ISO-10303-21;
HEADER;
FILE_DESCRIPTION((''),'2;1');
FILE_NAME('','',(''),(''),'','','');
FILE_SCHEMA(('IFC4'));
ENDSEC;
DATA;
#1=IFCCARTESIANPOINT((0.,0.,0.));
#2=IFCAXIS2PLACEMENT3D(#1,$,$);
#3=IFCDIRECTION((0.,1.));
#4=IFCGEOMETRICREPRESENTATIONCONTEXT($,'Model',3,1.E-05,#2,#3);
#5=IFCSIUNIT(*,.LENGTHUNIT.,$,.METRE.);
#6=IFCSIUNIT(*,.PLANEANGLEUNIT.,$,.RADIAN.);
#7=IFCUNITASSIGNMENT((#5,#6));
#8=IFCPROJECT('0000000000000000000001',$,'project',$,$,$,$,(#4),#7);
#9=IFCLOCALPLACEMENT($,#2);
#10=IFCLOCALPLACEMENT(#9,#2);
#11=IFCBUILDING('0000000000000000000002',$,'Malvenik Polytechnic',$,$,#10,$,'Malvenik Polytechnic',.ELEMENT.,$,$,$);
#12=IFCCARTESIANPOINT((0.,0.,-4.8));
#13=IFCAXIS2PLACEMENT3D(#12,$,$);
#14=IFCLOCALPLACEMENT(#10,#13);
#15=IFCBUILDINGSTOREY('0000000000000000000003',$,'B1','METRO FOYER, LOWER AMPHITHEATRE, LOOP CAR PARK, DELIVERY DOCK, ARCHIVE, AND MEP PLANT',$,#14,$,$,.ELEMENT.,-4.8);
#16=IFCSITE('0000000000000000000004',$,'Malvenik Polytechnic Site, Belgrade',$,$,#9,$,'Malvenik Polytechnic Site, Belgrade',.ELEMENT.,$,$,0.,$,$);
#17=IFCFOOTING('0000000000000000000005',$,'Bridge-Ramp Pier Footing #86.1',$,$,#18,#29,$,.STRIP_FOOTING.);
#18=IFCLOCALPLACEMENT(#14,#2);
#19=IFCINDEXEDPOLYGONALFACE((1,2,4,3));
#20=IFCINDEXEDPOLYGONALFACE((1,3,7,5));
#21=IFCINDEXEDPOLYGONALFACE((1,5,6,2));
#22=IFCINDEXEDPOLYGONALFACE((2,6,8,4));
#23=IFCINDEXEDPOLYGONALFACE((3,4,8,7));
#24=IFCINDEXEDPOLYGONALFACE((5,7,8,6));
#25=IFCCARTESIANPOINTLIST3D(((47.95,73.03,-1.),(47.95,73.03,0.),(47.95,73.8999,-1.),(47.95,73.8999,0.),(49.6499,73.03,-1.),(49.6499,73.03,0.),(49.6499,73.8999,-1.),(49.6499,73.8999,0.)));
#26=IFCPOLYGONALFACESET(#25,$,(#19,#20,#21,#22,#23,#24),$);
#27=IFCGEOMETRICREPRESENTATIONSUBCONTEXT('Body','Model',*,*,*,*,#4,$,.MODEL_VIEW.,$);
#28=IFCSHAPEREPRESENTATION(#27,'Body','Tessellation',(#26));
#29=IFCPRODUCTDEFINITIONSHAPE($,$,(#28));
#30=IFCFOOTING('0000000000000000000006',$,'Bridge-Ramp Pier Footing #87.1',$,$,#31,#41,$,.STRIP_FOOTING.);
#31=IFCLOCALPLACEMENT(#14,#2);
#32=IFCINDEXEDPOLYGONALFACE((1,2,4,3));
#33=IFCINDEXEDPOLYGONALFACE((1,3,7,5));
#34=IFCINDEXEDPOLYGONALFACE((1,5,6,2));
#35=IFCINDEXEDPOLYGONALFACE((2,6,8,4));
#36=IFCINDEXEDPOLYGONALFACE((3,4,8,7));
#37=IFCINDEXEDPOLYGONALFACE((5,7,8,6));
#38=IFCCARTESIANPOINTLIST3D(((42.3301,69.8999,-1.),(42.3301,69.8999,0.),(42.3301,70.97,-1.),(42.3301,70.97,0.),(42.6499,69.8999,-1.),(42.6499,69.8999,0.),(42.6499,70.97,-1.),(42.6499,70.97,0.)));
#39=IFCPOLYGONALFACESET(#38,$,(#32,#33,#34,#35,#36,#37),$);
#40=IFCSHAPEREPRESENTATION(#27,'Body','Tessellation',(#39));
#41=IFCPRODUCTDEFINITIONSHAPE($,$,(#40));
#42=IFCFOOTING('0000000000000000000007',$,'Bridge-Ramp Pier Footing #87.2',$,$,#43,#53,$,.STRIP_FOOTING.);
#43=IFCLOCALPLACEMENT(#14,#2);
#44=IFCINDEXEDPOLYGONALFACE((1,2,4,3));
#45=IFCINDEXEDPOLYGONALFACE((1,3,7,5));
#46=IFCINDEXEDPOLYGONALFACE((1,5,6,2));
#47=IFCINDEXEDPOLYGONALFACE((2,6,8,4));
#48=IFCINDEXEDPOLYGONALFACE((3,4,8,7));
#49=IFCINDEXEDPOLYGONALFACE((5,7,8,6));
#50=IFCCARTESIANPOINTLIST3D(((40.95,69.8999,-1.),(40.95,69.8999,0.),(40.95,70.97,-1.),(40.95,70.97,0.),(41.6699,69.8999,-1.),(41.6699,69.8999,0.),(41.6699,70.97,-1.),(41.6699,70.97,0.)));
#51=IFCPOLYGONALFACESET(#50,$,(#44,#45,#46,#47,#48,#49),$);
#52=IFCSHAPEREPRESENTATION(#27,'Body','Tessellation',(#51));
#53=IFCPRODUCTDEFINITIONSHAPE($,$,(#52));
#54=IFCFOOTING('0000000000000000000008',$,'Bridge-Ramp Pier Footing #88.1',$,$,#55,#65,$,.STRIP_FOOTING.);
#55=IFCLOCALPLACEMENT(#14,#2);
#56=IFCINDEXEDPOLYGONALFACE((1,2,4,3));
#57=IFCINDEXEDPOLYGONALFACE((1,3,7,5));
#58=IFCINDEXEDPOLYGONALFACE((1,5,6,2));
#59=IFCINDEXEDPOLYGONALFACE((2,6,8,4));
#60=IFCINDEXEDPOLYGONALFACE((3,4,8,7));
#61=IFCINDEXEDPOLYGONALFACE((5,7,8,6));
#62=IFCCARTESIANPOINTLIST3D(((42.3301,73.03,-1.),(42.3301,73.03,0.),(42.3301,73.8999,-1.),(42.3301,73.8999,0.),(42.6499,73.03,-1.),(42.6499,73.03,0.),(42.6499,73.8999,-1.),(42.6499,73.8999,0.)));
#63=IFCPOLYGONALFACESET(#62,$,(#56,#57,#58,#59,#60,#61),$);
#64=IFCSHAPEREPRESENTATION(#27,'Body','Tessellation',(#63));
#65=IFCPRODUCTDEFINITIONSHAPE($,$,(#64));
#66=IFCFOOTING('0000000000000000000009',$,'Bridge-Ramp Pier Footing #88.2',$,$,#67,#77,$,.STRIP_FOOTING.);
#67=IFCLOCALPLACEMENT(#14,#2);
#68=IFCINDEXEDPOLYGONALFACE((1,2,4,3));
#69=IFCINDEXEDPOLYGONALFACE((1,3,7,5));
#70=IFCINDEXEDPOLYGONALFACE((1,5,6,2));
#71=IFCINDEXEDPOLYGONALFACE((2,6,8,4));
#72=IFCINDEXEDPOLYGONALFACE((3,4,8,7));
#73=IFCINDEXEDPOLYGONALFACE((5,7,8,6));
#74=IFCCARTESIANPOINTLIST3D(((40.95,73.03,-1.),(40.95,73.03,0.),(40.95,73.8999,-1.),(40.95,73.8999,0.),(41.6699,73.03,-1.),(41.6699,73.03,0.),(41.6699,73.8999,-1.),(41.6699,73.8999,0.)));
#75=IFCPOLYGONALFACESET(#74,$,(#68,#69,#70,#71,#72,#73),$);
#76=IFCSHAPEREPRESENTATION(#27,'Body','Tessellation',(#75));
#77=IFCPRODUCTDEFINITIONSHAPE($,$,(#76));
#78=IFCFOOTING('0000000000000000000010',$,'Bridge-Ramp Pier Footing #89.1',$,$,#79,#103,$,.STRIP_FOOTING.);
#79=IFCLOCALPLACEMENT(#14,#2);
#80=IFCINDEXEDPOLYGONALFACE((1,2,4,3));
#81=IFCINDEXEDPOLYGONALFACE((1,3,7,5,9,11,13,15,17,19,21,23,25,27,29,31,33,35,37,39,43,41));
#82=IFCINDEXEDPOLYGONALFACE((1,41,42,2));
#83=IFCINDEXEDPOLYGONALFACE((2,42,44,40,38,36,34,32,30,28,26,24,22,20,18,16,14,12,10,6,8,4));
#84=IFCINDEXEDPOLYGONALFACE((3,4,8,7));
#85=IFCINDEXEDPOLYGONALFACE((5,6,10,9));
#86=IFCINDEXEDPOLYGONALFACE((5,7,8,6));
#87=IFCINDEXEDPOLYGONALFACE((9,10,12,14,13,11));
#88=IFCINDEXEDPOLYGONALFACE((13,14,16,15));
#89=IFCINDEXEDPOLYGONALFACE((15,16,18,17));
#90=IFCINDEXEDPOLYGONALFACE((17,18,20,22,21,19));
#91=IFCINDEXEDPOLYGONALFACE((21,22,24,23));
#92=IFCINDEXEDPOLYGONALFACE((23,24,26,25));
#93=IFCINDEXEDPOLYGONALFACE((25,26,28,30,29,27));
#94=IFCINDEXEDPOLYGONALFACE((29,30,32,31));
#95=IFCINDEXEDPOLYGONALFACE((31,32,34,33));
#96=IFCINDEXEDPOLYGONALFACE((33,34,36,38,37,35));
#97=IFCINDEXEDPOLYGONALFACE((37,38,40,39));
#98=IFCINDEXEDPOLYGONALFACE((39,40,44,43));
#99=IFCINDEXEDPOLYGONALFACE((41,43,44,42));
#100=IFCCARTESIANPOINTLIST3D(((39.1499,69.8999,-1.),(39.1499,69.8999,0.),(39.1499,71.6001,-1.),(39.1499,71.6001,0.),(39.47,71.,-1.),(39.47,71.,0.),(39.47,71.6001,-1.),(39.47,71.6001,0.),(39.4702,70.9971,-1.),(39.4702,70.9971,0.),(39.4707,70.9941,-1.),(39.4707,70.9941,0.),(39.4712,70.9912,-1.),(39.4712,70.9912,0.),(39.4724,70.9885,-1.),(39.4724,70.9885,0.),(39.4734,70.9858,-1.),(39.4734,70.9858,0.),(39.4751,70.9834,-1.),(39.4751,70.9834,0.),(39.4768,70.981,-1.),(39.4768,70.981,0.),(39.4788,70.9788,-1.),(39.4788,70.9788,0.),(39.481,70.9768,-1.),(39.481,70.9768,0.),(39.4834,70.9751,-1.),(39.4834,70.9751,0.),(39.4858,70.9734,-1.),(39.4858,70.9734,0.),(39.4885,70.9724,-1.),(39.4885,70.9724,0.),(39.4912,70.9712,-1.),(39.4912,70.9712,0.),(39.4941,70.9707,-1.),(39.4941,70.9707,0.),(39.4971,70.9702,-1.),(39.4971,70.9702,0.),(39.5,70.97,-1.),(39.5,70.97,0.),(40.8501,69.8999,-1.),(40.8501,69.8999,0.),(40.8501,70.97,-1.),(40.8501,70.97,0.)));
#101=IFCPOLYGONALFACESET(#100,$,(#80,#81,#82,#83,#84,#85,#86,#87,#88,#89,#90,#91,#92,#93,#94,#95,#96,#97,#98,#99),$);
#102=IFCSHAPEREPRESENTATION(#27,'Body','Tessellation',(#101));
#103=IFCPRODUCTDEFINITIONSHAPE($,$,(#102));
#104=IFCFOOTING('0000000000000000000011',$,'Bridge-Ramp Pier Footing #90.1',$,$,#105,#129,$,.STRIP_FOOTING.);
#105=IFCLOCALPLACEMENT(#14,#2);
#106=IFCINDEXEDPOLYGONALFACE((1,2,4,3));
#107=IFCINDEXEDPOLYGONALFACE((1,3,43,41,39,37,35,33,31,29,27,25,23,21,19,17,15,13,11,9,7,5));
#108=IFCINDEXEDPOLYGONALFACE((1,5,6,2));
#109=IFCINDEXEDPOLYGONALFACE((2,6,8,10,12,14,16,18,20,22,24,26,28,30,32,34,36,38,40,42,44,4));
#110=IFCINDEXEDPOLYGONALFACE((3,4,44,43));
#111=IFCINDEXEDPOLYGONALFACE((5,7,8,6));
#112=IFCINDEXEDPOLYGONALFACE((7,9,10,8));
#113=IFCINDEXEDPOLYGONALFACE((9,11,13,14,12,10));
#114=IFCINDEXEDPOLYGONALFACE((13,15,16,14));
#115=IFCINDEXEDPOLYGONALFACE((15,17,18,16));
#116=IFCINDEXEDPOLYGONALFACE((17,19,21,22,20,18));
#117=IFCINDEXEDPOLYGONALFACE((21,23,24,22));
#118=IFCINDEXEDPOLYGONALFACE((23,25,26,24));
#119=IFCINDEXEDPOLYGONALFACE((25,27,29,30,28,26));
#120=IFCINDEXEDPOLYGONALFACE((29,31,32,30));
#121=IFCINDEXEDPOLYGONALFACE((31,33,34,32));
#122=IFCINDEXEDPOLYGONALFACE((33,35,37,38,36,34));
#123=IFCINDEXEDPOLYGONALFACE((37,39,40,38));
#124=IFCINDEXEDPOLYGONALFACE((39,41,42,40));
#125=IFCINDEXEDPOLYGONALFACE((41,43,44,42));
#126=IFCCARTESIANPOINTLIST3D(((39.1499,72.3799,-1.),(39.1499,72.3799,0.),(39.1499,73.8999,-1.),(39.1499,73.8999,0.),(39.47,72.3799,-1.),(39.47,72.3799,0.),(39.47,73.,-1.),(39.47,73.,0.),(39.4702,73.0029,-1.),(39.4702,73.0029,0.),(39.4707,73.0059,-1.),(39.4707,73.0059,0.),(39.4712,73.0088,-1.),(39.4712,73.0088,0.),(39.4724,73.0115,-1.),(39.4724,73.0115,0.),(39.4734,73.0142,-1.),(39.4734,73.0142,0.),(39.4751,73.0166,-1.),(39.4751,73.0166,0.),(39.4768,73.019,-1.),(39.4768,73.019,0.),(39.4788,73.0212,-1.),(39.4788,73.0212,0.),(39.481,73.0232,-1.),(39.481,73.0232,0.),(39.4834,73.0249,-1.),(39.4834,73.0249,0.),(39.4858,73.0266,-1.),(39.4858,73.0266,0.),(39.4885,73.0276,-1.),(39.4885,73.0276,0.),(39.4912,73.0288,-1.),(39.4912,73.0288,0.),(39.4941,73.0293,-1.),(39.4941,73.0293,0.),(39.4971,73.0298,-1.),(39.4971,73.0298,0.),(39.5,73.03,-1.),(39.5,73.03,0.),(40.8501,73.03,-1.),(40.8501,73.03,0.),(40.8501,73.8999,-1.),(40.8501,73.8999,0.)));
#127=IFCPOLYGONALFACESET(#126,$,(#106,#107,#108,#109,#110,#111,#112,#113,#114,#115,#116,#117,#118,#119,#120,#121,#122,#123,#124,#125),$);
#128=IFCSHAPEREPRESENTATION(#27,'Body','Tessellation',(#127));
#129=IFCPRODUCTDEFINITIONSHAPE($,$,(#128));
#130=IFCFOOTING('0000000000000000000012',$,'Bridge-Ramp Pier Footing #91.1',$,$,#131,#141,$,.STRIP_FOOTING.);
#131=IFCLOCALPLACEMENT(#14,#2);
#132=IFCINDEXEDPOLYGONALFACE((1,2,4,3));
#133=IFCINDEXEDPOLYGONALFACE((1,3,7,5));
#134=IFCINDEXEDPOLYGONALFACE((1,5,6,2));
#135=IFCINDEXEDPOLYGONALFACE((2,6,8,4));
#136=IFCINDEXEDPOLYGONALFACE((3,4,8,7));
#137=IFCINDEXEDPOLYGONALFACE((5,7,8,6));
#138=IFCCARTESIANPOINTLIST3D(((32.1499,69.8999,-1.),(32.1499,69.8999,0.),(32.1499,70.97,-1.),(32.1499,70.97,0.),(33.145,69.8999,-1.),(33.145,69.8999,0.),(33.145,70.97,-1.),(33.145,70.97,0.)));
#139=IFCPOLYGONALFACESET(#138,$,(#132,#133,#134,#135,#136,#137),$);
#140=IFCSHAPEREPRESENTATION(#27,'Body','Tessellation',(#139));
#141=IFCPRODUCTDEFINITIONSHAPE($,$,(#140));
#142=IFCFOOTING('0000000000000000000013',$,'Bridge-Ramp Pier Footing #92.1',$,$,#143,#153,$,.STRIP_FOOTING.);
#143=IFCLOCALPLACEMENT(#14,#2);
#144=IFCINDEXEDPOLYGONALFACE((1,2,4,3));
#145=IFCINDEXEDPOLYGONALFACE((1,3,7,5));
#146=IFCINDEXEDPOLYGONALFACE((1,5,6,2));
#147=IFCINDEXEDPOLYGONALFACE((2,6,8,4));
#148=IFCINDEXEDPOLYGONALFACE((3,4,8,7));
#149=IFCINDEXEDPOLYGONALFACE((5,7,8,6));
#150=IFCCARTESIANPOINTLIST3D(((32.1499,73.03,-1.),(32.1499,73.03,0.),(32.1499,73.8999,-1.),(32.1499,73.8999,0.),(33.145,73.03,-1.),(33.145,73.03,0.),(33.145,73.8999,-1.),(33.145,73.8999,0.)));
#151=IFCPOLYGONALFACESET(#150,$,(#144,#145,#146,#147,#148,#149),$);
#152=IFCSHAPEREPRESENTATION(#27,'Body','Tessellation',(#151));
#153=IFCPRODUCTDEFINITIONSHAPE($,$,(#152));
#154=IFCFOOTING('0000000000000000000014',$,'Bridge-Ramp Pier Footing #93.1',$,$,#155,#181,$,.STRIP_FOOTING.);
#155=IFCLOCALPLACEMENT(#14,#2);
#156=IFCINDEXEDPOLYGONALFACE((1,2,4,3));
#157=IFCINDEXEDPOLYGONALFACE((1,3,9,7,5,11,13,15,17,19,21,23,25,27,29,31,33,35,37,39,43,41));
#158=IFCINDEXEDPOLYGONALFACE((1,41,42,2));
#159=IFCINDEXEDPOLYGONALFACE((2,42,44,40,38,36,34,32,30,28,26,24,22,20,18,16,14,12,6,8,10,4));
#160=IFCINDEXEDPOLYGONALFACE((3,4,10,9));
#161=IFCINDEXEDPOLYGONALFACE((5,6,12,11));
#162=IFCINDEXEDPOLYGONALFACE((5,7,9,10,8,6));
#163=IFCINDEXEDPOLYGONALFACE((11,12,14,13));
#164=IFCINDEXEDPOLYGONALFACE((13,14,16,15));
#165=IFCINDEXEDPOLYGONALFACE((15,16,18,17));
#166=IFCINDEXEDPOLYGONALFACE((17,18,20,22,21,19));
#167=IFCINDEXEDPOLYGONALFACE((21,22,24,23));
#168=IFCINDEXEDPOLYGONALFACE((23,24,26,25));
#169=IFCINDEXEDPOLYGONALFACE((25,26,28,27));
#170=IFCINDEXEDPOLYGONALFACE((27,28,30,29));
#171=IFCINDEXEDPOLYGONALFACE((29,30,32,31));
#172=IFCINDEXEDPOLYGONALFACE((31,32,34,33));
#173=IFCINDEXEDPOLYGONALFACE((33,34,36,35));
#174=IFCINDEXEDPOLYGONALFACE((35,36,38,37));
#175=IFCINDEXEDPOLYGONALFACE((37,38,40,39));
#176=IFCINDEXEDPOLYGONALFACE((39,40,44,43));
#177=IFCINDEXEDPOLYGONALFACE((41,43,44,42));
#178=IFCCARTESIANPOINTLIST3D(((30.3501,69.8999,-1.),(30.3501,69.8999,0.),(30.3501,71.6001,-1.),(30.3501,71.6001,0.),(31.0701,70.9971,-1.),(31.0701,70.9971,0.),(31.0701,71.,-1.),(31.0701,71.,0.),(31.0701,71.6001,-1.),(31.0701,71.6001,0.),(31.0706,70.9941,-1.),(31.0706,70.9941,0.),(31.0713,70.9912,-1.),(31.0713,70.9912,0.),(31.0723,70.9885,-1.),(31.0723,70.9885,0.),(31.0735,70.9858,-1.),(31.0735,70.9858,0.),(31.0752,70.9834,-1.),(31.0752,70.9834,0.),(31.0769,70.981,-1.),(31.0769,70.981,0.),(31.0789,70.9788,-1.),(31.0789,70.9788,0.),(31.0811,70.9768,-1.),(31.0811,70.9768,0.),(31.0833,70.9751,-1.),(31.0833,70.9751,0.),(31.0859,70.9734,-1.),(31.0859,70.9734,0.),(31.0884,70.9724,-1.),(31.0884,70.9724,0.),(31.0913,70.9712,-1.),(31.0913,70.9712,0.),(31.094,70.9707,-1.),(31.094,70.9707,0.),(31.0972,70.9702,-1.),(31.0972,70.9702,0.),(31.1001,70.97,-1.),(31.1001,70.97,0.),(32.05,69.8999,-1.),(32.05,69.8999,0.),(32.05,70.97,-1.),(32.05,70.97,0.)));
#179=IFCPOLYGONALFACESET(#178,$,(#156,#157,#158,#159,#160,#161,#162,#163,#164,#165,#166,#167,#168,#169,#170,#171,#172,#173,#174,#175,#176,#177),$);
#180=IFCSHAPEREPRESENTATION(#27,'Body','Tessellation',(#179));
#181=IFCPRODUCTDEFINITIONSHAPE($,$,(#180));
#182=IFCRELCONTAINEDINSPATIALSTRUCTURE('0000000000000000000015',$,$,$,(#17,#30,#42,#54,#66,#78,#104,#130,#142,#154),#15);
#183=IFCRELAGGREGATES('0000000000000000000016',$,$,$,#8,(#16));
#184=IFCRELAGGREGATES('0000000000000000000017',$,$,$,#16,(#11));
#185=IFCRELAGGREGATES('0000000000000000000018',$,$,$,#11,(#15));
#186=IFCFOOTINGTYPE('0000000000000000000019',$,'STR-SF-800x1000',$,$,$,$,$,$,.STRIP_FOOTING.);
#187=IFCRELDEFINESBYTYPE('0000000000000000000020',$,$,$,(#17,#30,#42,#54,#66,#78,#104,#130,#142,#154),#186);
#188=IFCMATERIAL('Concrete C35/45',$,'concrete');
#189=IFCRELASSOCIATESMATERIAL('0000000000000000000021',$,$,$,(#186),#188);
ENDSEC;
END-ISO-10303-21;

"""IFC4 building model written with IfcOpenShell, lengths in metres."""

from ifc_helpers import new_model, si_unit, direction, frame, origin, place, context, subcontext, project, spatial, polyline, outline, extrude, material, type_object, element, save


model = new_model("IFC4")

# Units and contexts
model_context = context("Model", 3, precision=1e-05, world=origin(), true_north=direction((0.0, 1.0)))
body_context = subcontext(model_context, "Body", "Model", "MODEL_VIEW")
ifc_project = project(units=[si_unit("LENGTHUNIT", "METRE"), si_unit("PLANEANGLEUNIT", "RADIAN")], contexts=[model_context])

# Site, building, storey
site_placement = place(None, origin())
site = spatial("IfcSite", under=ifc_project, at=site_placement, Name="Malvenik Polytechnic Site, Belgrade", LongName="Malvenik Polytechnic Site, Belgrade", CompositionType="ELEMENT", RefElevation=0.0)
building_placement = place(site_placement, origin())
building = spatial("IfcBuilding", under=site, at=building_placement, Name="Malvenik Polytechnic", LongName="Malvenik Polytechnic", CompositionType="ELEMENT")
storey_placement = place(building_placement, frame((0.0, 0.0, -4.8)))
storey = spatial("IfcBuildingStorey", under=building, at=storey_placement, Name="B1", Description="METRO FOYER, LOWER AMPHITHEATRE, LOOP CAR PARK, DELIVERY DOCK, ARCHIVE, AND MEP PLANT", CompositionType="ELEMENT", Elevation=-4.8)

# Footings
ifc_material = material(Name="Concrete C35/45", Category="concrete")
footing_type = type_object("IfcFootingType", Name="STR-SF-800x1000", PredefinedType="STRIP_FOOTING", material=ifc_material)
footing_1_placement = place(storey_placement, frame((0.0, 0.0, -1.0)))
element("IfcFooting", 1, at=footing_1_placement, inside=storey, type_object=footing_type, Name="Bridge-Ramp Pier Footing #86.1", PredefinedType="STRIP_FOOTING", context=body_context, shape_type="SweptSolid", body=[
    extrude(outline(polyline([(47.95, 73.8999), (49.6499, 73.8999), (49.6499, 73.03), (47.95, 73.03), (47.95, 73.8999)])), origin(), (0.0, 0.0, 1.0), 1.0),
])
footing_2_placement = place(storey_placement, frame((0.0, 0.0, -1.0)))
element("IfcFooting", 2, at=footing_2_placement, inside=storey, type_object=footing_type, Name="Bridge-Ramp Pier Footing #87.1", PredefinedType="STRIP_FOOTING", context=body_context, shape_type="SweptSolid", body=[
    extrude(outline(polyline([(42.6499, 69.8999), (42.3301, 69.8999), (42.3301, 70.97), (42.6499, 70.97), (42.6499, 69.8999)])), origin(), (0.0, 0.0, 1.0), 1.0),
])
footing_3_placement = place(storey_placement, frame((0.0, 0.0, -1.0)))
element("IfcFooting", 3, at=footing_3_placement, inside=storey, type_object=footing_type, Name="Bridge-Ramp Pier Footing #87.2", PredefinedType="STRIP_FOOTING", context=body_context, shape_type="SweptSolid", body=[
    extrude(outline(polyline([(40.95, 69.8999), (40.95, 70.97), (41.6699, 70.97), (41.6699, 69.8999), (40.95, 69.8999)])), origin(), (0.0, 0.0, 1.0), 1.0),
])
footing_4_placement = place(storey_placement, frame((0.0, 0.0, -1.0)))
element("IfcFooting", 4, at=footing_4_placement, inside=storey, type_object=footing_type, Name="Bridge-Ramp Pier Footing #88.1", PredefinedType="STRIP_FOOTING", context=body_context, shape_type="SweptSolid", body=[
    extrude(outline(polyline([(42.6499, 73.8999), (42.6499, 73.03), (42.3301, 73.03), (42.3301, 73.8999), (42.6499, 73.8999)])), origin(), (0.0, 0.0, 1.0), 1.0),
])
footing_5_placement = place(storey_placement, frame((0.0, 0.0, -1.0)))
element("IfcFooting", 5, at=footing_5_placement, inside=storey, type_object=footing_type, Name="Bridge-Ramp Pier Footing #88.2", PredefinedType="STRIP_FOOTING", context=body_context, shape_type="SweptSolid", body=[
    extrude(outline(polyline([(40.95, 73.8999), (41.6699, 73.8999), (41.6699, 73.03), (40.95, 73.03), (40.95, 73.8999)])), origin(), (0.0, 0.0, 1.0), 1.0),
])
footing_6_placement = place(storey_placement, frame((0.0, 0.0, -1.0)))
element("IfcFooting", 6, at=footing_6_placement, inside=storey, type_object=footing_type, Name="Bridge-Ramp Pier Footing #89.1", PredefinedType="STRIP_FOOTING", context=body_context, shape_type="SweptSolid", body=[
    extrude(outline(polyline([(40.8501, 69.8999), (39.1499, 69.8999), (39.1499, 71.6001), (39.47, 71.6001), (39.47, 71.0), (39.4702, 70.9971), (39.4707, 70.9941), (39.4712, 70.9912), (39.4724, 70.9885), (39.4734, 70.9858), (39.4751, 70.9834), (39.4768, 70.981), (39.4788, 70.9788), (39.481, 70.9768), (39.4834, 70.9751), (39.4858, 70.9734), (39.4885, 70.9724), (39.4912, 70.9712), (39.4941, 70.9707), (39.4971, 70.9702), (39.5, 70.97), (40.8501, 70.97), (40.8501, 69.8999)])), origin(), (0.0, 0.0, 1.0), 1.0),
])
footing_7_placement = place(storey_placement, frame((0.0, 0.0, -1.0)))
element("IfcFooting", 7, at=footing_7_placement, inside=storey, type_object=footing_type, Name="Bridge-Ramp Pier Footing #90.1", PredefinedType="STRIP_FOOTING", context=body_context, shape_type="SweptSolid", body=[
    extrude(outline(polyline([(39.1499, 73.8999), (40.8501, 73.8999), (40.8501, 73.03), (39.5, 73.03), (39.4971, 73.0298), (39.4941, 73.0293), (39.4912, 73.0288), (39.4885, 73.0276), (39.4858, 73.0266), (39.4834, 73.0249), (39.481, 73.0232), (39.4788, 73.0212), (39.4768, 73.019), (39.4751, 73.0166), (39.4734, 73.0142), (39.4724, 73.0115), (39.4712, 73.0088), (39.4707, 73.0059), (39.4702, 73.0029), (39.47, 73.0), (39.47, 72.3799), (39.1499, 72.3799), (39.1499, 73.8999)])), origin(), (0.0, 0.0, 1.0), 1.0),
])
footing_8_placement = place(storey_placement, frame((0.0, 0.0, -1.0)))
element("IfcFooting", 8, at=footing_8_placement, inside=storey, type_object=footing_type, Name="Bridge-Ramp Pier Footing #91.1", PredefinedType="STRIP_FOOTING", context=body_context, shape_type="SweptSolid", body=[
    extrude(outline(polyline([(32.1499, 69.8999), (32.1499, 70.97), (33.145, 70.97), (33.145, 69.8999), (32.1499, 69.8999)])), origin(), (0.0, 0.0, 1.0), 1.0),
])
footing_9_placement = place(storey_placement, frame((0.0, 0.0, -1.0)))
element("IfcFooting", 9, at=footing_9_placement, inside=storey, type_object=footing_type, Name="Bridge-Ramp Pier Footing #92.1", PredefinedType="STRIP_FOOTING", context=body_context, shape_type="SweptSolid", body=[
    extrude(outline(polyline([(32.1499, 73.8999), (33.145, 73.8999), (33.145, 73.03), (32.1499, 73.03), (32.1499, 73.8999)])), origin(), (0.0, 0.0, 1.0), 1.0),
])
footing_10_placement = place(storey_placement, frame((0.0, 0.0, -1.0)))
element("IfcFooting", 10, at=footing_10_placement, inside=storey, type_object=footing_type, Name="Bridge-Ramp Pier Footing #93.1", PredefinedType="STRIP_FOOTING", context=body_context, shape_type="SweptSolid", body=[
    extrude(outline(polyline([(32.05, 69.8999), (30.3501, 69.8999), (30.3501, 71.6001), (31.0701, 71.6001), (31.0701, 71.0), (31.0701, 70.9971), (31.0706, 70.9941), (31.0713, 70.9912), (31.0723, 70.9885), (31.0735, 70.9858), (31.0752, 70.9834), (31.0769, 70.981), (31.0789, 70.9788), (31.0811, 70.9768), (31.0833, 70.9751), (31.0859, 70.9734), (31.0884, 70.9724), (31.0913, 70.9712), (31.094, 70.9707), (31.0972, 70.9702), (31.1001, 70.97), (32.05, 70.97), (32.05, 69.8999)])), origin(), (0.0, 0.0, 1.0), 1.0),
])

save(model, "model.ifc")
